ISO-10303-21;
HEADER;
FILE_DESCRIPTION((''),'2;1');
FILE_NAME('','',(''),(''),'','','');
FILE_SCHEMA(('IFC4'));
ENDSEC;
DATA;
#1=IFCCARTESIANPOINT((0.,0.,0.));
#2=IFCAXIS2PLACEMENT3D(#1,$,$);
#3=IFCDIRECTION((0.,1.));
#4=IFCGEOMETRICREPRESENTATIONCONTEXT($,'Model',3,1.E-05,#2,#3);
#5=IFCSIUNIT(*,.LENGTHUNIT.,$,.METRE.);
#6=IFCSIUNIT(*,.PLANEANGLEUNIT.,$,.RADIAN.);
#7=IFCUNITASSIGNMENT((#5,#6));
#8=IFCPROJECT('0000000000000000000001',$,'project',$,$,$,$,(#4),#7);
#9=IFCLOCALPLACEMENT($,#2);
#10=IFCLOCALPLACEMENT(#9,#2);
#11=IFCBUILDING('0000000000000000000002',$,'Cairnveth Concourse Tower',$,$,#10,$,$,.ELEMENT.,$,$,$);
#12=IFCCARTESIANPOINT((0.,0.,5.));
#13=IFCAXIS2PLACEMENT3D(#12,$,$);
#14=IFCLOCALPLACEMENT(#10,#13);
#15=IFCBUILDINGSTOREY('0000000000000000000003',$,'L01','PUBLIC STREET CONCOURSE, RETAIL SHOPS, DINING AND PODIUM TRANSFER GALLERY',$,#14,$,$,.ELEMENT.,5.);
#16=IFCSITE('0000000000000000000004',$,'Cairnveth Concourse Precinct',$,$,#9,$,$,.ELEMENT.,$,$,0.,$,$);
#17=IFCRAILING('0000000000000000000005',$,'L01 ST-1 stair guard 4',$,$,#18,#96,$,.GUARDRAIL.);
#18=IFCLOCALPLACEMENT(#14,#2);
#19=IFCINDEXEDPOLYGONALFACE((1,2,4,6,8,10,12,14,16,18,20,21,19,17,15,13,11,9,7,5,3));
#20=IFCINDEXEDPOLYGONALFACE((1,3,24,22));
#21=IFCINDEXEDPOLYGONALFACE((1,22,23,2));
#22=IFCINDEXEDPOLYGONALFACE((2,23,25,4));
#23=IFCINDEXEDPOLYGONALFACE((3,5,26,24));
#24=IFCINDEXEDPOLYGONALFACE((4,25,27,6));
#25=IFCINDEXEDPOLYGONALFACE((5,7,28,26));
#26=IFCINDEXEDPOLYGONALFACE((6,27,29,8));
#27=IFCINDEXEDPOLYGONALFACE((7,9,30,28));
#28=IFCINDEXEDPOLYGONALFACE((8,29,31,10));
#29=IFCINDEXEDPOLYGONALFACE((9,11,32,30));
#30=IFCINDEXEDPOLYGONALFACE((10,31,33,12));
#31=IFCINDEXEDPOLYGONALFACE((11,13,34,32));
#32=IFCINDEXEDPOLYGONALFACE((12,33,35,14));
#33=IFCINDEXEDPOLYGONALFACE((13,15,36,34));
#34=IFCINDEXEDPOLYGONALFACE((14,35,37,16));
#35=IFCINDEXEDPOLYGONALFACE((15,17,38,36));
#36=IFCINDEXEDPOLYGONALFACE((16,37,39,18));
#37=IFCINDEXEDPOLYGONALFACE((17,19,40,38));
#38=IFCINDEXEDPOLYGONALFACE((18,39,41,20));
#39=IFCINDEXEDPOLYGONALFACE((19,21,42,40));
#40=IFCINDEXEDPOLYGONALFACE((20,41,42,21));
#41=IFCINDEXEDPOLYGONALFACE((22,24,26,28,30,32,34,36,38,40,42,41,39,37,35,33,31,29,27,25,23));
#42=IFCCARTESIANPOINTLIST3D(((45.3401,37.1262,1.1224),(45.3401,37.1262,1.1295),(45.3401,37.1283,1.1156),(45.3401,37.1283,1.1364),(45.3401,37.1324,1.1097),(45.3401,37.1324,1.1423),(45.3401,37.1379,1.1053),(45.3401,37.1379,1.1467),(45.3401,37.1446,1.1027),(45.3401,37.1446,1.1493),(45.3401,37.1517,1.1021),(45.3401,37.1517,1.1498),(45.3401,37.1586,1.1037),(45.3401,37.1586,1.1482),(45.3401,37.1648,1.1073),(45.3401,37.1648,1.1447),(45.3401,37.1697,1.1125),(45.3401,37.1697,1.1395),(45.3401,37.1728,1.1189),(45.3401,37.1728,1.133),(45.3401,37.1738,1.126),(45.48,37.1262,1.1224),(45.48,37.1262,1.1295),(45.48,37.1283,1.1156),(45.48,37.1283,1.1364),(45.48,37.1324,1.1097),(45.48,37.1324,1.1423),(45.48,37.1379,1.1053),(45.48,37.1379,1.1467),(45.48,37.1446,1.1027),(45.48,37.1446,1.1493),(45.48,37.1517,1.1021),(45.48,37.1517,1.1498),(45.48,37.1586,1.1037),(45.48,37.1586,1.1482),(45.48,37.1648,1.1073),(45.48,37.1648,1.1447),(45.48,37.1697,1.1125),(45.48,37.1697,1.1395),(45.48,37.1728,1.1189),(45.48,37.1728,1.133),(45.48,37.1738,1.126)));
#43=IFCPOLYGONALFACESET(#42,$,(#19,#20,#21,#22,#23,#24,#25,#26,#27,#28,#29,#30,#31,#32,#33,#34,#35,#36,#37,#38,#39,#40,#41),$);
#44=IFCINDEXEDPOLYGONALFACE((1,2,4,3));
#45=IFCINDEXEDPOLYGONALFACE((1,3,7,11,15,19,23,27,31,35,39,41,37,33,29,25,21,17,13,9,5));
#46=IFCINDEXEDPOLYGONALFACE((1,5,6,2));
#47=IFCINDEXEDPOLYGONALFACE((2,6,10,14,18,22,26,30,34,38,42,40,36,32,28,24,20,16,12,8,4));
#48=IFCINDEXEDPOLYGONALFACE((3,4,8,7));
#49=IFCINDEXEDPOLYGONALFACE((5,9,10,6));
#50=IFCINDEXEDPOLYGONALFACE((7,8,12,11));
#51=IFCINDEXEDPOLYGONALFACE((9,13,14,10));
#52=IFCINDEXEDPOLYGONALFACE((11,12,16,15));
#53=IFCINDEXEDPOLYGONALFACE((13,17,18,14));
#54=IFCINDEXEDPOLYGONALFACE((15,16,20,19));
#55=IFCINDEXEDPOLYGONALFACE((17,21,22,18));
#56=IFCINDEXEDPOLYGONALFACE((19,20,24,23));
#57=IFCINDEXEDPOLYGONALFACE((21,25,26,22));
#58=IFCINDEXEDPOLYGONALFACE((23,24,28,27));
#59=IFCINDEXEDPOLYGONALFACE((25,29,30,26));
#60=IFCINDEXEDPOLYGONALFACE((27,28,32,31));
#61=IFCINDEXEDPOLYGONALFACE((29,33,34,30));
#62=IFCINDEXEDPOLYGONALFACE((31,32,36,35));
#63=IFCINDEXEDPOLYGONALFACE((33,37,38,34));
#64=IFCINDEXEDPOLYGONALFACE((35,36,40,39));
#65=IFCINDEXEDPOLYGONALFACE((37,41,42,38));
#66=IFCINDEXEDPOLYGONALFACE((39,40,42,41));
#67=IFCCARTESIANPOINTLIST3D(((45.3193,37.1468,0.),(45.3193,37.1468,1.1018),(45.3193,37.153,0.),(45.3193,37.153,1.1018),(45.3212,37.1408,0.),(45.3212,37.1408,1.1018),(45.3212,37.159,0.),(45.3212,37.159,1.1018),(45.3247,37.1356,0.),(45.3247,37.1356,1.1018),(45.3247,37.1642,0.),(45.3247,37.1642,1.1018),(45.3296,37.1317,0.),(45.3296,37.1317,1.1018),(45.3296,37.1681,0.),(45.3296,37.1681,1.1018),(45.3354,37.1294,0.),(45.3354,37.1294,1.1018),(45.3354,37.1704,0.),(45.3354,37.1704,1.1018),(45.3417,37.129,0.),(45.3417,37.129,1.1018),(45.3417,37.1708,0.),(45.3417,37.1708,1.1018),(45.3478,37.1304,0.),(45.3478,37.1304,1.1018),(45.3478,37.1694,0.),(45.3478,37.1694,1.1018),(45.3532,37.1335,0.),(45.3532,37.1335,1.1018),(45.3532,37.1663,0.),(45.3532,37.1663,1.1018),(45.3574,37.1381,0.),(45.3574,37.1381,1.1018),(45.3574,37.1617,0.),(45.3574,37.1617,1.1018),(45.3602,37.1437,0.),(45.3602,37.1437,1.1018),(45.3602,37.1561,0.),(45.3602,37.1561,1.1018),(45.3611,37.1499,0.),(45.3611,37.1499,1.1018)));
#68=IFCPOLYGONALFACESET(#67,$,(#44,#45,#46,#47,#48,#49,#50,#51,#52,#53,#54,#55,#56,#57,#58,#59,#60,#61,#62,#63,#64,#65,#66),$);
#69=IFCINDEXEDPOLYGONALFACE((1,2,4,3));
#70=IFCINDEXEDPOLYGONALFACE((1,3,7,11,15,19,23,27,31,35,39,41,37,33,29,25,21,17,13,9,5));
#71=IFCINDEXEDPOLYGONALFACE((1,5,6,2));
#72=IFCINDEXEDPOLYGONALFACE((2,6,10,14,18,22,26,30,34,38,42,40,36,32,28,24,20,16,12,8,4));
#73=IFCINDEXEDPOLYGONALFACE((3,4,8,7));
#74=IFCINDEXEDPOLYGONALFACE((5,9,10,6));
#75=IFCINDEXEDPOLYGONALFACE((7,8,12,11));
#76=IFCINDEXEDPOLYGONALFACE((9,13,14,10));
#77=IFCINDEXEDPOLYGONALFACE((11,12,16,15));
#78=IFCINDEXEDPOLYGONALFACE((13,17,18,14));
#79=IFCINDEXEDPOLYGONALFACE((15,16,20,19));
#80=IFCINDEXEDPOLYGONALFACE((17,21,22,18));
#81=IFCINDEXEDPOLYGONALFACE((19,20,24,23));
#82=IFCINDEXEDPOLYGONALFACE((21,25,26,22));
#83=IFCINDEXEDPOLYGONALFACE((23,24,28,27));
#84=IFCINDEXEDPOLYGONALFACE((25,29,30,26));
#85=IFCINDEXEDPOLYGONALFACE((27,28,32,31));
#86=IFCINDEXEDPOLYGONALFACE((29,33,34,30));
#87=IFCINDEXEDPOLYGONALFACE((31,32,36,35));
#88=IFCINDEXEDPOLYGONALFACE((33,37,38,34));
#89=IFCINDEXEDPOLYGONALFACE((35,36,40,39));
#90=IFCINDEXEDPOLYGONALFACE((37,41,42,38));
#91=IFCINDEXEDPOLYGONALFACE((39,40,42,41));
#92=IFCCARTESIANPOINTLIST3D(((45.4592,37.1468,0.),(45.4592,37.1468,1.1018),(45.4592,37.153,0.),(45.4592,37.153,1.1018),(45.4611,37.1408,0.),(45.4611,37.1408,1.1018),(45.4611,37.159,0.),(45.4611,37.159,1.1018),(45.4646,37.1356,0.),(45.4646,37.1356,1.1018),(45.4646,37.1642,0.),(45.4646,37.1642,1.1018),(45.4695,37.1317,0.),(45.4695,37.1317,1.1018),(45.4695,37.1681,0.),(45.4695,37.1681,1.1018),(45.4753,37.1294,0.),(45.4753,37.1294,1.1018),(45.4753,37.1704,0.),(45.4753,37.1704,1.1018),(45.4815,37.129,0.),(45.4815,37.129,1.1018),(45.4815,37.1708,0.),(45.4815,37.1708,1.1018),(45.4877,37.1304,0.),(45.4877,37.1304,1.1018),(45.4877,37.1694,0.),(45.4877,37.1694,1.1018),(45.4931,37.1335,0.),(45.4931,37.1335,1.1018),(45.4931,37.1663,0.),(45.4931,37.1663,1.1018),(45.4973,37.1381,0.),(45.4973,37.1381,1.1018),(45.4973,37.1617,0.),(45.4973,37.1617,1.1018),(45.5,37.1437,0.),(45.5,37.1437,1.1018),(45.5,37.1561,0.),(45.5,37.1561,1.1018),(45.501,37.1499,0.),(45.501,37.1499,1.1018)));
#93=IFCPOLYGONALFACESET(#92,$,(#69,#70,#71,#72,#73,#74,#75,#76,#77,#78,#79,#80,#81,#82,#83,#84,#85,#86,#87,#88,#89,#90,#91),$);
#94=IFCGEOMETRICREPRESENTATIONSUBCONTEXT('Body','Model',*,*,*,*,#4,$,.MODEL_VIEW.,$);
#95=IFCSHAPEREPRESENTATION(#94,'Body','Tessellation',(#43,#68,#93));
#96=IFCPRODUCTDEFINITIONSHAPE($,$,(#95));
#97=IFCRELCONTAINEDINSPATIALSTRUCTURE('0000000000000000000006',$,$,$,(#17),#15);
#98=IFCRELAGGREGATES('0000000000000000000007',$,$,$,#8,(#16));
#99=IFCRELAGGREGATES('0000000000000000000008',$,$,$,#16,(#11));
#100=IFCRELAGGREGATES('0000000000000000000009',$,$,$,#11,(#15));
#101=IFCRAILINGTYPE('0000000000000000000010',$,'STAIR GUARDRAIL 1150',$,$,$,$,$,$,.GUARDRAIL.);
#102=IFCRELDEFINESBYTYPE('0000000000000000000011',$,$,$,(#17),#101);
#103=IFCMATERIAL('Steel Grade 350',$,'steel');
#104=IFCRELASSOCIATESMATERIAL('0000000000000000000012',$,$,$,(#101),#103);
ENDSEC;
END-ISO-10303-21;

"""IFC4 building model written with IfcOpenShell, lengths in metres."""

from ifc_helpers import new_model, si_unit, direction, frame, origin, origin_2d, place, context, subcontext, project, spatial, circle, extrude, material, type_object, element, save


model = new_model("IFC4")

# Units and contexts
model_context = context("Model", 3, precision=1e-05, world=origin(), true_north=direction((0.0, 1.0)))
body_context = subcontext(model_context, "Body", "Model", "MODEL_VIEW")
ifc_project = project(units=[si_unit("LENGTHUNIT", "METRE"), si_unit("PLANEANGLEUNIT", "RADIAN")], contexts=[model_context])

# Site, building, storey
site_placement = place(None, origin())
site = spatial("IfcSite", under=ifc_project, at=site_placement, Name="Cairnveth Concourse Precinct", CompositionType="ELEMENT", RefElevation=0.0)
building_placement = place(site_placement, origin())
building = spatial("IfcBuilding", under=site, at=building_placement, Name="Cairnveth Concourse Tower", CompositionType="ELEMENT")
storey_placement = place(building_placement, frame((0.0, 0.0, 5.0)))
storey = spatial("IfcBuildingStorey", under=building, at=storey_placement, Name="L01", Description="PUBLIC STREET CONCOURSE, RETAIL SHOPS, DINING AND PODIUM TRANSFER GALLERY", CompositionType="ELEMENT", Elevation=5.0)

# Shared definitions
ifc_material_1 = material(Name="Steel Grade 350", Category="steel")

# Railing
railing_type_1 = type_object("IfcRailingType", Name="STAIR GUARDRAIL 1150", PredefinedType="GUARDRAIL", material=ifc_material_1)
railing_1_placement = place(storey_placement, frame((45.3401, 37.1499, 0.0)))
element("IfcRailing", 1, at=railing_1_placement, inside=storey, type_object=railing_type_1, Name="L01 ST-1 stair guard 4", PredefinedType="GUARDRAIL", context=body_context, shape_type="SweptSolid", body=[
    extrude(circle(Radius=0.0239, at=origin_2d()), frame((0.0, 0.0, 1.126), z_axis=(1.0, 0.0, 0.0), x_axis=(0.0, 1.0, 0.0)), (0.0, 0.0, 1.0), 0.1399),
    extrude(circle(Radius=0.021, at=origin_2d()), origin(), (0.0, 0.0, 1.0), 1.1018),
    extrude(circle(Radius=0.021, at=origin_2d()), frame((0.1399, 0.0, 0.0)), (0.0, 0.0, 1.0), 1.1018),
])

save(model, "model.ifc")
